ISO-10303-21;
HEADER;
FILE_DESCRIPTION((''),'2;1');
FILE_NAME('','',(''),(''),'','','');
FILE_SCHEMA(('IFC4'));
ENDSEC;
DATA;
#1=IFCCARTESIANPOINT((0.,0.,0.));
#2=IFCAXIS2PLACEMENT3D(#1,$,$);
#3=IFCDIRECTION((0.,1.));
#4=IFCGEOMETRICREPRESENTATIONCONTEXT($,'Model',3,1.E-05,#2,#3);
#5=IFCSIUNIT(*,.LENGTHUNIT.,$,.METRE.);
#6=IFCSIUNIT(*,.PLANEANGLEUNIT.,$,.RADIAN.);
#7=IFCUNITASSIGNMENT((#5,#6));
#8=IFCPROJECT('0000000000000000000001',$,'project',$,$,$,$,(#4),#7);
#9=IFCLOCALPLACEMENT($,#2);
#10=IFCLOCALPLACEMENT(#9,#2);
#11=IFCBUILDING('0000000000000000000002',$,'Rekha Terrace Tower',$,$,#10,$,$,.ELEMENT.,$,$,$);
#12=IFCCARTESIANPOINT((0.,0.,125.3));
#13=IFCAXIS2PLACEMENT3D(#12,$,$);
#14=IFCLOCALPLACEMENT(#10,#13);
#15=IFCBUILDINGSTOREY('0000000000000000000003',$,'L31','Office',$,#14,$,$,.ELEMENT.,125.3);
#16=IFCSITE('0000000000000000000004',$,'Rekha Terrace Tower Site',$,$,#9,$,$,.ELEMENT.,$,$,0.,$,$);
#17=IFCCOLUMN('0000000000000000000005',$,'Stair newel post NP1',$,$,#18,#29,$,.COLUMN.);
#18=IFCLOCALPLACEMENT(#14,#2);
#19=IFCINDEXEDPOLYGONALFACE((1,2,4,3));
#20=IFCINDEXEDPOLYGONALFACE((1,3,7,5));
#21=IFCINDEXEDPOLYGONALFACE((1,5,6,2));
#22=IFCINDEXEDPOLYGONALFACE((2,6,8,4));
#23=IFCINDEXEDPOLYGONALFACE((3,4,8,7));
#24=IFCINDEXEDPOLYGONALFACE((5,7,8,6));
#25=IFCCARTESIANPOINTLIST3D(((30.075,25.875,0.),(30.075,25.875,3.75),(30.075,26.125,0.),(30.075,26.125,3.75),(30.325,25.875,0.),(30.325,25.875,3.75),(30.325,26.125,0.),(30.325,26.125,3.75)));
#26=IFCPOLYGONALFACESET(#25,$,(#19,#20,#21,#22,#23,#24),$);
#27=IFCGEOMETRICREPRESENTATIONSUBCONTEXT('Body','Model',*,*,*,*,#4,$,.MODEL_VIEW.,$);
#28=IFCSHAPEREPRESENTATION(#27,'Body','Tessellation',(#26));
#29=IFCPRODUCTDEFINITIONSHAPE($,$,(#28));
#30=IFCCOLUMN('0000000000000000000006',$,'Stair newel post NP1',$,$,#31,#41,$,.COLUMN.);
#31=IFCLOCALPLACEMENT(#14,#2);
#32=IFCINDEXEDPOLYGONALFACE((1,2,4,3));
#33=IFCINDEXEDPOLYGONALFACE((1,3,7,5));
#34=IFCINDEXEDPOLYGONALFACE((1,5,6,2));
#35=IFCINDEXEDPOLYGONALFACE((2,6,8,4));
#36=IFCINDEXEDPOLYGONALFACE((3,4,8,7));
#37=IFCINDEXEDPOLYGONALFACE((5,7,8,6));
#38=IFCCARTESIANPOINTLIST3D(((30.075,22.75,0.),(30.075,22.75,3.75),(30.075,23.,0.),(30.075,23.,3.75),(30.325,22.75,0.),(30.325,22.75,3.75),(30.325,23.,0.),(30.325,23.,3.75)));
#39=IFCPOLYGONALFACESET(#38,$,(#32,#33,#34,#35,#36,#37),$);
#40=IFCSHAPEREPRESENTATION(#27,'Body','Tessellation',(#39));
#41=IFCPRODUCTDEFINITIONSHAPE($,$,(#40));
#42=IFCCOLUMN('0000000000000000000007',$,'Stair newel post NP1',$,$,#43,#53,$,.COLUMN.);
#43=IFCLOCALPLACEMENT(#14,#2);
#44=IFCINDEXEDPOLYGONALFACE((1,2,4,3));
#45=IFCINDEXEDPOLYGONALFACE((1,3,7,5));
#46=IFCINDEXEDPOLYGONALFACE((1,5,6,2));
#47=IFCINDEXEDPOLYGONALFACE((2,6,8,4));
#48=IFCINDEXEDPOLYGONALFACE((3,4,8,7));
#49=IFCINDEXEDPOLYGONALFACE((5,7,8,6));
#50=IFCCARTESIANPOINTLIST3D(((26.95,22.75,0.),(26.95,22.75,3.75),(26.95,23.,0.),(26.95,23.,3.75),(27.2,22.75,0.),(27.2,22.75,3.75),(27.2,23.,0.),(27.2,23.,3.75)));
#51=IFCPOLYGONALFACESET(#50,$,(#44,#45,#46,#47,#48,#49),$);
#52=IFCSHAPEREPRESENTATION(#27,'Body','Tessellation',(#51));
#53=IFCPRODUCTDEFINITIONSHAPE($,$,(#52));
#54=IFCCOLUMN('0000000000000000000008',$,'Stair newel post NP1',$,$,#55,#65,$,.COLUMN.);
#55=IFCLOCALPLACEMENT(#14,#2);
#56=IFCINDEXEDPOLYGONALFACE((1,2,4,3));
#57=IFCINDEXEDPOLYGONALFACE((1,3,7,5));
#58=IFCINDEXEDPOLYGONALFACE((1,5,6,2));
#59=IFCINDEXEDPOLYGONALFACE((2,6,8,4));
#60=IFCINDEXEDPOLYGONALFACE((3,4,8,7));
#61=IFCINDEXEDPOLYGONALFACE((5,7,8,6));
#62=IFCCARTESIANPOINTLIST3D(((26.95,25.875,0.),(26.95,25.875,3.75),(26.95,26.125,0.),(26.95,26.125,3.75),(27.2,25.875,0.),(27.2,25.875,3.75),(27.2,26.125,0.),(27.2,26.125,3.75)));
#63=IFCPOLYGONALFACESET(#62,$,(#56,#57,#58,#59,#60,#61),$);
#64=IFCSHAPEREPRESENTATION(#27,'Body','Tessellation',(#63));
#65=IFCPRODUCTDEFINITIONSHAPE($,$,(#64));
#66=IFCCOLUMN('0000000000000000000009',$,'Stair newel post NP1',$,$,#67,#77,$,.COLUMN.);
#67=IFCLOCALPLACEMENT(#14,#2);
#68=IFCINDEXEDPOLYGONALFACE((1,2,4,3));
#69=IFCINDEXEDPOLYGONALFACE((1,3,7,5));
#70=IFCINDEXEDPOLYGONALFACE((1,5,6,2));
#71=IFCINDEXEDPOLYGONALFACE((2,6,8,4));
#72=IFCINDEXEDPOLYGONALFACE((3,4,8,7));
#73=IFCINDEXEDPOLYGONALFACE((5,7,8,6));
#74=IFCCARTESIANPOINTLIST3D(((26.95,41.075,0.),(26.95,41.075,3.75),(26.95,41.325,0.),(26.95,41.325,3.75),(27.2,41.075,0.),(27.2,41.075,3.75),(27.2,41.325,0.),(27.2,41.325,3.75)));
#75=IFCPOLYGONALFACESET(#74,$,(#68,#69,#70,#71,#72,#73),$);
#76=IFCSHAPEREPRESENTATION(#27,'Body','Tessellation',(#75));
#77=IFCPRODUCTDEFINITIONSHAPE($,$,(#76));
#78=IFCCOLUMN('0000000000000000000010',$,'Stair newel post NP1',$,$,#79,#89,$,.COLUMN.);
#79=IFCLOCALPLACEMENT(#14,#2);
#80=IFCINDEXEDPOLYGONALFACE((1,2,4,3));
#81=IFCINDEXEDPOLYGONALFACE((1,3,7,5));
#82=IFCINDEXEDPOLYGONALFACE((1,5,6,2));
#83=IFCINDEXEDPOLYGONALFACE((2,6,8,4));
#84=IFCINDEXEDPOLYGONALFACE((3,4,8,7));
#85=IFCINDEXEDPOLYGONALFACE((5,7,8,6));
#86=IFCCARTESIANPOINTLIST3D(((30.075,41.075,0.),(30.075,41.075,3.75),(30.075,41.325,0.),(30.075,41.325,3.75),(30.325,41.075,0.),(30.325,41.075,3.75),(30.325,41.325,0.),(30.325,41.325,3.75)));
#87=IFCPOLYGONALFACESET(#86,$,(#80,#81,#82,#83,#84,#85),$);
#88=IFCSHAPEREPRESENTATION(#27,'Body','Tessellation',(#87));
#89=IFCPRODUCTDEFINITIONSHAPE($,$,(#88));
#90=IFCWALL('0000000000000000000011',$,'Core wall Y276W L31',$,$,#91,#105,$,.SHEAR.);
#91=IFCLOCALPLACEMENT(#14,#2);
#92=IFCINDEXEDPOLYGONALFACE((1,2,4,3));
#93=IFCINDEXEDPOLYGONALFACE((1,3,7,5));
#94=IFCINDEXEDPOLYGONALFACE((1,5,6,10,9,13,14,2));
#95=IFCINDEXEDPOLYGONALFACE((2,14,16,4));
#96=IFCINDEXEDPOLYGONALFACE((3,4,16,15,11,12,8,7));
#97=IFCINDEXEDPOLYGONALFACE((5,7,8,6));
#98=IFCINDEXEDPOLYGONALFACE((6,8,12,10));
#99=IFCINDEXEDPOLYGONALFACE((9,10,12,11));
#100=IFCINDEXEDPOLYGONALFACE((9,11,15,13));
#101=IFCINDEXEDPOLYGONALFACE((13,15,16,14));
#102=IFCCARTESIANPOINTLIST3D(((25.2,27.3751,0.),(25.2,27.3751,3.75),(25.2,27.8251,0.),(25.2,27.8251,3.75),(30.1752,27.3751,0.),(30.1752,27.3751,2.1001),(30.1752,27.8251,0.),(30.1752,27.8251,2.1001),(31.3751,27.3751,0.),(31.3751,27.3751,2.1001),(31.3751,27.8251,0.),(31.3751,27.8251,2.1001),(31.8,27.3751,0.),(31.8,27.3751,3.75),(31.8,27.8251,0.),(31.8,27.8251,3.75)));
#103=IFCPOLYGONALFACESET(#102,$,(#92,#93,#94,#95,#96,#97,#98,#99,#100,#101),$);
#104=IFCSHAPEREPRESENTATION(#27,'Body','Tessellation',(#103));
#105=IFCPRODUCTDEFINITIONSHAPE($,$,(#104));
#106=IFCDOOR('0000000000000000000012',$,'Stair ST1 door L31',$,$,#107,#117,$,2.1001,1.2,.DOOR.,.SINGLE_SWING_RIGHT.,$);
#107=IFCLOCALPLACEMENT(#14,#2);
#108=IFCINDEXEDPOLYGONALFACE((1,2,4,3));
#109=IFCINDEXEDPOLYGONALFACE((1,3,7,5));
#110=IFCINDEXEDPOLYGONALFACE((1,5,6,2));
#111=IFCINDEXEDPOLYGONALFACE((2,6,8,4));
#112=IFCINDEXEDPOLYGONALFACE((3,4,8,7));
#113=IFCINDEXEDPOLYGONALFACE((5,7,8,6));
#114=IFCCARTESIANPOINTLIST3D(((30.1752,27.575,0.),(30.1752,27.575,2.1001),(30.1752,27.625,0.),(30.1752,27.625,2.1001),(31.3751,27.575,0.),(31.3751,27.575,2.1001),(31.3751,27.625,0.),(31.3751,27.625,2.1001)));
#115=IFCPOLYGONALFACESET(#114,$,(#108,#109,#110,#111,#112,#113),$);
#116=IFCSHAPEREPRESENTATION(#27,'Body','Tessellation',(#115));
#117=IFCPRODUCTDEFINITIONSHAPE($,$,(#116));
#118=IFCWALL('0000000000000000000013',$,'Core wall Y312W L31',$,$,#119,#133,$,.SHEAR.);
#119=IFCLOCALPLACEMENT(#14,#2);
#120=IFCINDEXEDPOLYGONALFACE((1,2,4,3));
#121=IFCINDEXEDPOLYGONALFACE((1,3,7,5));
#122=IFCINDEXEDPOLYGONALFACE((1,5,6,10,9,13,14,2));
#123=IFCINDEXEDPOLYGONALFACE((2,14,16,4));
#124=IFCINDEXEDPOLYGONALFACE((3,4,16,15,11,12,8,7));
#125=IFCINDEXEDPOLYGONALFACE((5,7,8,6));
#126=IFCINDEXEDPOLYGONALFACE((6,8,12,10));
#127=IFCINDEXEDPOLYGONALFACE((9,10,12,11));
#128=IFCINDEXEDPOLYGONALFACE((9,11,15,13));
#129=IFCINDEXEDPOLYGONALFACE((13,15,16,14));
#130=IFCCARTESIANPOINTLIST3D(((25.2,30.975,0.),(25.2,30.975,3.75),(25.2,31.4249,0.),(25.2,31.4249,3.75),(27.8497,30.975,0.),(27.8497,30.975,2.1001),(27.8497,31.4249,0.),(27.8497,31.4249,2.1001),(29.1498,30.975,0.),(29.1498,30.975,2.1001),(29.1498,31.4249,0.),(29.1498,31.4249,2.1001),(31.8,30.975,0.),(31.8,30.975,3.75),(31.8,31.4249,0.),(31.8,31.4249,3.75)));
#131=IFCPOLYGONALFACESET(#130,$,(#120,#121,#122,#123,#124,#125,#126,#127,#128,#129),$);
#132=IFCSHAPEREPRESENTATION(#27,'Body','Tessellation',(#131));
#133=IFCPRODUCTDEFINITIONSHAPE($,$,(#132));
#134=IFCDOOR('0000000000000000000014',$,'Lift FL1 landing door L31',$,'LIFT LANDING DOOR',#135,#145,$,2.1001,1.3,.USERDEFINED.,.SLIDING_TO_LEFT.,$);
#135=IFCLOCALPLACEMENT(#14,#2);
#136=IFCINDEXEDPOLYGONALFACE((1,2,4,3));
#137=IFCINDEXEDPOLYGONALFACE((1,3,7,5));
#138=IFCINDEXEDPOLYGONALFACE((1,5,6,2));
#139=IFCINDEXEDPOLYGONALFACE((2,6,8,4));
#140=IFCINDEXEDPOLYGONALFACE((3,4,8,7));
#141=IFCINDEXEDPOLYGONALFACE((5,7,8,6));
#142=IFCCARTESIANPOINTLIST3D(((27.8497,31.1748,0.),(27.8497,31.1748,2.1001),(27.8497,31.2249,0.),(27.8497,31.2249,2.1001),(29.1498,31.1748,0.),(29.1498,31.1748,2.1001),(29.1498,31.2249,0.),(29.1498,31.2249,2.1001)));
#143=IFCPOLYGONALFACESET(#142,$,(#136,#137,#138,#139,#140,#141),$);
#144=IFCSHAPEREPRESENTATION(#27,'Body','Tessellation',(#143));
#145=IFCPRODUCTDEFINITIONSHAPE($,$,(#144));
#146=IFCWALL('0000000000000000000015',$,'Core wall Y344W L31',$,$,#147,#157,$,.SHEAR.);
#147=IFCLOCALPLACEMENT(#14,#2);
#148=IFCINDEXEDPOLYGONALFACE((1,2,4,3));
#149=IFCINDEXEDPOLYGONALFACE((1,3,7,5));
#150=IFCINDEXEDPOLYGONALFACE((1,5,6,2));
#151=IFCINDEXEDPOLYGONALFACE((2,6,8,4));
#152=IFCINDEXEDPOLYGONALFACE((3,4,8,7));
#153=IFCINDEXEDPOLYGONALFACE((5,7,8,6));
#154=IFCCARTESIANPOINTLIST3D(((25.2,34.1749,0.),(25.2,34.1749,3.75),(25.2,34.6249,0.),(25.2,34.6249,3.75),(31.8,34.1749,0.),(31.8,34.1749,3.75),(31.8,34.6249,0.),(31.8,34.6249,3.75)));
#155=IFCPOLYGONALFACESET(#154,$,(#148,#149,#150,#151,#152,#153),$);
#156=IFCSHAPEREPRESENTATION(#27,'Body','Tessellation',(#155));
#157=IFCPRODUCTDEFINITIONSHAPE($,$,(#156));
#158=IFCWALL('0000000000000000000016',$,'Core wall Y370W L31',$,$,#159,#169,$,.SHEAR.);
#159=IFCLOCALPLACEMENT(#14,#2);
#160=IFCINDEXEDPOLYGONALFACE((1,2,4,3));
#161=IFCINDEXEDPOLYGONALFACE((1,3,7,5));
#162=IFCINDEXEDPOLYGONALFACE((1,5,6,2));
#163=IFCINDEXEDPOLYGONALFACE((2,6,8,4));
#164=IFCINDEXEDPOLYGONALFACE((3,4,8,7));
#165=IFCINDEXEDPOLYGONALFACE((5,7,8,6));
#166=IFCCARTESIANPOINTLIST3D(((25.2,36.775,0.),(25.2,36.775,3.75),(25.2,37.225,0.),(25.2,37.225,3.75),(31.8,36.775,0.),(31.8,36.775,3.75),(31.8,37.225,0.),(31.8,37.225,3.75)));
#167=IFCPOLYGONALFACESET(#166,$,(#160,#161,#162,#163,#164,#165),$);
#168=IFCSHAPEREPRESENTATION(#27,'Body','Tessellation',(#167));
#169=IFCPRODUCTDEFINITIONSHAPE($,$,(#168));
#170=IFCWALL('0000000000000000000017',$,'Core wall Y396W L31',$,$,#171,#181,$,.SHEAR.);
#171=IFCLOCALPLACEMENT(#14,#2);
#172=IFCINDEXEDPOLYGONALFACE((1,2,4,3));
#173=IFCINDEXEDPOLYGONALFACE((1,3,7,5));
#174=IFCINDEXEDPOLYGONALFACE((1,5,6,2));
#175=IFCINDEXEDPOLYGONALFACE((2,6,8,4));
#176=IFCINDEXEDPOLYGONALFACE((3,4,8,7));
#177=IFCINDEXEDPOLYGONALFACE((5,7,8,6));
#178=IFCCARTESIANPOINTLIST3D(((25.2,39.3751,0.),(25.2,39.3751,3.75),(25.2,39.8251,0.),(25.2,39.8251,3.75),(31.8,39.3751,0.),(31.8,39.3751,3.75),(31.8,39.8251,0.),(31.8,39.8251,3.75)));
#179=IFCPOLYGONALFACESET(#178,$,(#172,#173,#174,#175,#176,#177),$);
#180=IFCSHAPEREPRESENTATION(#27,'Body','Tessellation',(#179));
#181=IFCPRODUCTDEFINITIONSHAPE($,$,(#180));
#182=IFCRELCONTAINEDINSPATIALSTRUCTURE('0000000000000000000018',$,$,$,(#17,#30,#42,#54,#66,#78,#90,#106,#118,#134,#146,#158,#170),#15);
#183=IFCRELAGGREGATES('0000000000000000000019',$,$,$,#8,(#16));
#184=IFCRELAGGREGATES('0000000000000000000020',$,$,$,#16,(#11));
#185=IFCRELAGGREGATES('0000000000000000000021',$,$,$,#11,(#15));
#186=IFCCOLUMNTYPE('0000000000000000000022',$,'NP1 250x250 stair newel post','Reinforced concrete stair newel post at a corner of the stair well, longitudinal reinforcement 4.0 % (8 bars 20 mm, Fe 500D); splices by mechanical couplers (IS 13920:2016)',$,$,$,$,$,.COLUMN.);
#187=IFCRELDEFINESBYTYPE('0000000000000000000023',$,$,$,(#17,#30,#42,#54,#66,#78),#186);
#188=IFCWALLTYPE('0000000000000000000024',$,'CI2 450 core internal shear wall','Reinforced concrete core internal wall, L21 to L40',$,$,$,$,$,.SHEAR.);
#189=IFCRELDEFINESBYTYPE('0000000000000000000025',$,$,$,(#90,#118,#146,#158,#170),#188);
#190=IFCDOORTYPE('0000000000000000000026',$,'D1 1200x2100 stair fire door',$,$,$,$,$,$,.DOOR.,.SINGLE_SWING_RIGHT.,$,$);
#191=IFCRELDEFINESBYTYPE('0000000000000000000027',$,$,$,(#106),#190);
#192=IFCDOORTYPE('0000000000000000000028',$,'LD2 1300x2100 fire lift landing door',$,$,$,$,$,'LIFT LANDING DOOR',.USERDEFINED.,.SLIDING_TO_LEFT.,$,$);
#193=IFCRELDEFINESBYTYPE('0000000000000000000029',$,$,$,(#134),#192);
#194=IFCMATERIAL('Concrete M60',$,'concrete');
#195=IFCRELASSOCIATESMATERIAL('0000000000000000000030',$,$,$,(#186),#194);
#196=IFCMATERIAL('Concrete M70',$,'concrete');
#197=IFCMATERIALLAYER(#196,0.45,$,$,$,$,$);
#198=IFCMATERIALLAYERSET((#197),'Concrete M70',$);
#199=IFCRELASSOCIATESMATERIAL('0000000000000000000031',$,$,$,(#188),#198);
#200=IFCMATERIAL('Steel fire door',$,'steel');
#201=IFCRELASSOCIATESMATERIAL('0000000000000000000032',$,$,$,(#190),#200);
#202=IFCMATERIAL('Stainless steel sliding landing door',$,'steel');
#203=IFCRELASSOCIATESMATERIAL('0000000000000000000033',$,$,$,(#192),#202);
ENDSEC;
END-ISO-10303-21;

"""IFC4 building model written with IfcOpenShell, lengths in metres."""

from ifc_helpers import new_model, si_unit, direction, frame, frame_2d, origin, origin_2d, place, context, subcontext, project, spatial, rectangle, extrude, material, layer, layer_set, material_profile, profile_set, type_object, element, fill, save


model = new_model("IFC4")

# Units and contexts
model_context = context("Model", 3, precision=1e-05, world=origin(), true_north=direction((0.0, 1.0)))
body_context = subcontext(model_context, "Body", "Model", "MODEL_VIEW")
ifc_project = project(units=[si_unit("LENGTHUNIT", "METRE"), si_unit("PLANEANGLEUNIT", "RADIAN")], contexts=[model_context])

# Site, building, storey
site_placement = place(None, origin())
site = spatial("IfcSite", under=ifc_project, at=site_placement, Name="Rekha Terrace Tower Site", CompositionType="ELEMENT", RefElevation=0.0)
building_placement = place(site_placement, origin())
building = spatial("IfcBuilding", under=site, at=building_placement, Name="Rekha Terrace Tower", CompositionType="ELEMENT")
storey_placement = place(building_placement, frame((0.0, 0.0, 125.3)))
storey = spatial("IfcBuildingStorey", under=building, at=storey_placement, Name="L31", Description="Office", CompositionType="ELEMENT", Elevation=125.3)

# Columns
ifc_material_1 = material(Name="Concrete M60", Category="concrete")
ifc_material_profile = material_profile(ifc_material_1, rectangle(XDim=0.25, YDim=0.25, at=origin_2d()), Name="RC 250x250")
ifc_profile_set = profile_set([ifc_material_profile], Name="Concrete M60")
column_type = type_object("IfcColumnType", Name="NP1 250x250 stair newel post", Description="Reinforced concrete stair newel post at a corner of the stair well, longitudinal reinforcement 4.0 % (8 bars 20 mm, Fe 500D); splices by mechanical couplers (IS 13920:2016)", PredefinedType="COLUMN", material=ifc_profile_set)
for number, where, z_axis, x_axis, name in (
    (1, (30.2, 26.0, 0.0), (0.0, 0.0, 1.0), (1.0, 0.0, 0.0), "Stair newel post NP1"),
    (2, (30.2, 22.875, 0.0), (0.0, 0.0, 1.0), (1.0, 0.0, 0.0), "Stair newel post NP1"),
    (3, (27.075, 22.875, 0.0), (0.0, 0.0, 1.0), (1.0, 0.0, 0.0), "Stair newel post NP1"),
    (4, (27.075, 26.0, 0.0), (0.0, 0.0, 1.0), (1.0, 0.0, 0.0), "Stair newel post NP1"),
    (5, (27.075, 41.2, 0.0), (0.0, 0.0, 1.0), (1.0, 0.0, 0.0), "Stair newel post NP1"),
    (6, (30.2, 41.2, 0.0), (0.0, 0.0, 1.0), (1.0, 0.0, 0.0), "Stair newel post NP1"),
):
    element("IfcColumn", number, at=place(storey_placement, frame(where, z_axis=z_axis, x_axis=x_axis)), inside=storey, type_object=column_type, Name=name, PredefinedType="COLUMN", context=body_context, shape_type="SweptSolid", body=[
        extrude(rectangle(XDim=0.25, YDim=0.25, at=origin_2d()), origin(), (0.0, 0.0, 1.0), 3.75),
    ])

# Walls, openings, doors
ifc_material_2 = material(Name="Concrete M70", Category="concrete")
ifc_layer_1 = layer(ifc_material_2, 0.45)
ifc_layer_set_1 = layer_set([ifc_layer_1], Name="Concrete M70")
wall_type_1 = type_object("IfcWallType", Name="CI2 450 core internal shear wall", Description="Reinforced concrete core internal wall, L21 to L40", PredefinedType="SHEAR", material=ifc_layer_set_1)
wall_1_placement = place(storey_placement, frame((25.2, 27.6001, 0.0), z_axis=(0.0, 0.0, 1.0), x_axis=(1.0, 0.0, 0.0)))
wall_1 = element("IfcWall", 7, at=wall_1_placement, inside=storey, type_object=wall_type_1, Name="Core wall Y276W L31", PredefinedType="SHEAR", context=body_context, shape_type="SweptSolid", body=[
    extrude(rectangle(XDim=6.6001, YDim=0.45, at=frame_2d((3.3, 0.0))), origin(), (0.0, 0.0, 1.0), 3.75),
])
opening_1_placement = place(wall_1_placement, frame((4.9751, 0.0, 0.0)))
opening_1 = element("IfcOpeningElement", 8, at=opening_1_placement, cuts=wall_1, PredefinedType="OPENING", context=body_context, shape_type="SweptSolid", body=[
    extrude(rectangle(XDim=1.2, YDim=2.1001, at=frame_2d((0.6001, 1.05))), frame((0.0, 0.2349, 0.0), z_axis=(0.0, -1.0, 0.0), x_axis=(1.0, 0.0, 0.0)), (0.0, 0.0, 1.0), 0.47),
])
ifc_material_3 = material(Name="Steel fire door", Category="steel")
door_type_1 = type_object("IfcDoorType", Name="D1 1200x2100 stair fire door", OperationType="SINGLE_SWING_RIGHT", PredefinedType="DOOR", material=ifc_material_3)
door_1_placement = place(opening_1_placement, origin())
door_1 = element("IfcDoor", 9, at=door_1_placement, inside=storey, type_object=door_type_1, Name="Stair ST1 door L31", OperationType="SINGLE_SWING_RIGHT", OverallHeight=2.1001, OverallWidth=1.2, PredefinedType="DOOR", context=body_context, shape_type="SweptSolid", body=[
    extrude(rectangle(XDim=1.2, YDim=2.1001, at=frame_2d((0.6001, 1.05))), frame((0.0, 0.0249, 0.0), z_axis=(0.0, -1.0, 0.0), x_axis=(1.0, 0.0, 0.0)), (0.0, 0.0, 1.0), 0.05),
])
fill(opening_1, door_1)
wall_2_placement = place(storey_placement, frame((25.2, 31.2, 0.0), z_axis=(0.0, 0.0, 1.0), x_axis=(1.0, 0.0, 0.0)))
wall_2 = element("IfcWall", 10, at=wall_2_placement, inside=storey, type_object=wall_type_1, Name="Core wall Y312W L31", PredefinedType="SHEAR", context=body_context, shape_type="SweptSolid", body=[
    extrude(rectangle(XDim=6.6001, YDim=0.45, at=frame_2d((3.3, 0.0))), origin(), (0.0, 0.0, 1.0), 3.75),
])
opening_2_placement = place(wall_2_placement, frame((2.6499, 0.0, 0.0)))
opening_2 = element("IfcOpeningElement", 11, at=opening_2_placement, cuts=wall_2, PredefinedType="OPENING", context=body_context, shape_type="SweptSolid", body=[
    extrude(rectangle(XDim=1.3, YDim=2.1001, at=frame_2d((0.6499, 1.05))), frame((0.0, 0.2349, 0.0), z_axis=(0.0, -1.0, 0.0), x_axis=(1.0, 0.0, 0.0)), (0.0, 0.0, 1.0), 0.47),
])
ifc_material_4 = material(Name="Stainless steel sliding landing door", Category="steel")
door_type_2 = type_object("IfcDoorType", Name="LD2 1300x2100 fire lift landing door", ElementType="LIFT LANDING DOOR", OperationType="SLIDING_TO_LEFT", PredefinedType="USERDEFINED", material=ifc_material_4)
door_2_placement = place(opening_2_placement, origin())
door_2 = element("IfcDoor", 12, at=door_2_placement, inside=storey, type_object=door_type_2, Name="Lift FL1 landing door L31", ObjectType="LIFT LANDING DOOR", OperationType="SLIDING_TO_LEFT", OverallHeight=2.1001, OverallWidth=1.3, PredefinedType="USERDEFINED", context=body_context, shape_type="SweptSolid", body=[
    extrude(rectangle(XDim=1.3, YDim=2.1001, at=frame_2d((0.6499, 1.05))), frame((0.0, 0.0249, 0.0), z_axis=(0.0, -1.0, 0.0), x_axis=(1.0, 0.0, 0.0)), (0.0, 0.0, 1.0), 0.05),
])
fill(opening_2, door_2)

# Walls
for number, where, z_axis, x_axis, name in (
    (13, (25.2, 34.3999, 0.0), (0.0, 0.0, 1.0), (1.0, 0.0, 0.0), "Core wall Y344W L31"),
    (14, (25.2, 37.0, 0.0), (0.0, 0.0, 1.0), (1.0, 0.0, 0.0), "Core wall Y370W L31"),
    (15, (25.2, 39.6001, 0.0), (0.0, 0.0, 1.0), (1.0, 0.0, 0.0), "Core wall Y396W L31"),
):
    element("IfcWall", number, at=place(storey_placement, frame(where, z_axis=z_axis, x_axis=x_axis)), inside=storey, type_object=wall_type_1, Name=name, PredefinedType="SHEAR", context=body_context, shape_type="SweptSolid", body=[
        extrude(rectangle(XDim=6.6001, YDim=0.45, at=frame_2d((3.3, 0.0))), origin(), (0.0, 0.0, 1.0), 3.75),
    ])

save(model, "model.ifc")
